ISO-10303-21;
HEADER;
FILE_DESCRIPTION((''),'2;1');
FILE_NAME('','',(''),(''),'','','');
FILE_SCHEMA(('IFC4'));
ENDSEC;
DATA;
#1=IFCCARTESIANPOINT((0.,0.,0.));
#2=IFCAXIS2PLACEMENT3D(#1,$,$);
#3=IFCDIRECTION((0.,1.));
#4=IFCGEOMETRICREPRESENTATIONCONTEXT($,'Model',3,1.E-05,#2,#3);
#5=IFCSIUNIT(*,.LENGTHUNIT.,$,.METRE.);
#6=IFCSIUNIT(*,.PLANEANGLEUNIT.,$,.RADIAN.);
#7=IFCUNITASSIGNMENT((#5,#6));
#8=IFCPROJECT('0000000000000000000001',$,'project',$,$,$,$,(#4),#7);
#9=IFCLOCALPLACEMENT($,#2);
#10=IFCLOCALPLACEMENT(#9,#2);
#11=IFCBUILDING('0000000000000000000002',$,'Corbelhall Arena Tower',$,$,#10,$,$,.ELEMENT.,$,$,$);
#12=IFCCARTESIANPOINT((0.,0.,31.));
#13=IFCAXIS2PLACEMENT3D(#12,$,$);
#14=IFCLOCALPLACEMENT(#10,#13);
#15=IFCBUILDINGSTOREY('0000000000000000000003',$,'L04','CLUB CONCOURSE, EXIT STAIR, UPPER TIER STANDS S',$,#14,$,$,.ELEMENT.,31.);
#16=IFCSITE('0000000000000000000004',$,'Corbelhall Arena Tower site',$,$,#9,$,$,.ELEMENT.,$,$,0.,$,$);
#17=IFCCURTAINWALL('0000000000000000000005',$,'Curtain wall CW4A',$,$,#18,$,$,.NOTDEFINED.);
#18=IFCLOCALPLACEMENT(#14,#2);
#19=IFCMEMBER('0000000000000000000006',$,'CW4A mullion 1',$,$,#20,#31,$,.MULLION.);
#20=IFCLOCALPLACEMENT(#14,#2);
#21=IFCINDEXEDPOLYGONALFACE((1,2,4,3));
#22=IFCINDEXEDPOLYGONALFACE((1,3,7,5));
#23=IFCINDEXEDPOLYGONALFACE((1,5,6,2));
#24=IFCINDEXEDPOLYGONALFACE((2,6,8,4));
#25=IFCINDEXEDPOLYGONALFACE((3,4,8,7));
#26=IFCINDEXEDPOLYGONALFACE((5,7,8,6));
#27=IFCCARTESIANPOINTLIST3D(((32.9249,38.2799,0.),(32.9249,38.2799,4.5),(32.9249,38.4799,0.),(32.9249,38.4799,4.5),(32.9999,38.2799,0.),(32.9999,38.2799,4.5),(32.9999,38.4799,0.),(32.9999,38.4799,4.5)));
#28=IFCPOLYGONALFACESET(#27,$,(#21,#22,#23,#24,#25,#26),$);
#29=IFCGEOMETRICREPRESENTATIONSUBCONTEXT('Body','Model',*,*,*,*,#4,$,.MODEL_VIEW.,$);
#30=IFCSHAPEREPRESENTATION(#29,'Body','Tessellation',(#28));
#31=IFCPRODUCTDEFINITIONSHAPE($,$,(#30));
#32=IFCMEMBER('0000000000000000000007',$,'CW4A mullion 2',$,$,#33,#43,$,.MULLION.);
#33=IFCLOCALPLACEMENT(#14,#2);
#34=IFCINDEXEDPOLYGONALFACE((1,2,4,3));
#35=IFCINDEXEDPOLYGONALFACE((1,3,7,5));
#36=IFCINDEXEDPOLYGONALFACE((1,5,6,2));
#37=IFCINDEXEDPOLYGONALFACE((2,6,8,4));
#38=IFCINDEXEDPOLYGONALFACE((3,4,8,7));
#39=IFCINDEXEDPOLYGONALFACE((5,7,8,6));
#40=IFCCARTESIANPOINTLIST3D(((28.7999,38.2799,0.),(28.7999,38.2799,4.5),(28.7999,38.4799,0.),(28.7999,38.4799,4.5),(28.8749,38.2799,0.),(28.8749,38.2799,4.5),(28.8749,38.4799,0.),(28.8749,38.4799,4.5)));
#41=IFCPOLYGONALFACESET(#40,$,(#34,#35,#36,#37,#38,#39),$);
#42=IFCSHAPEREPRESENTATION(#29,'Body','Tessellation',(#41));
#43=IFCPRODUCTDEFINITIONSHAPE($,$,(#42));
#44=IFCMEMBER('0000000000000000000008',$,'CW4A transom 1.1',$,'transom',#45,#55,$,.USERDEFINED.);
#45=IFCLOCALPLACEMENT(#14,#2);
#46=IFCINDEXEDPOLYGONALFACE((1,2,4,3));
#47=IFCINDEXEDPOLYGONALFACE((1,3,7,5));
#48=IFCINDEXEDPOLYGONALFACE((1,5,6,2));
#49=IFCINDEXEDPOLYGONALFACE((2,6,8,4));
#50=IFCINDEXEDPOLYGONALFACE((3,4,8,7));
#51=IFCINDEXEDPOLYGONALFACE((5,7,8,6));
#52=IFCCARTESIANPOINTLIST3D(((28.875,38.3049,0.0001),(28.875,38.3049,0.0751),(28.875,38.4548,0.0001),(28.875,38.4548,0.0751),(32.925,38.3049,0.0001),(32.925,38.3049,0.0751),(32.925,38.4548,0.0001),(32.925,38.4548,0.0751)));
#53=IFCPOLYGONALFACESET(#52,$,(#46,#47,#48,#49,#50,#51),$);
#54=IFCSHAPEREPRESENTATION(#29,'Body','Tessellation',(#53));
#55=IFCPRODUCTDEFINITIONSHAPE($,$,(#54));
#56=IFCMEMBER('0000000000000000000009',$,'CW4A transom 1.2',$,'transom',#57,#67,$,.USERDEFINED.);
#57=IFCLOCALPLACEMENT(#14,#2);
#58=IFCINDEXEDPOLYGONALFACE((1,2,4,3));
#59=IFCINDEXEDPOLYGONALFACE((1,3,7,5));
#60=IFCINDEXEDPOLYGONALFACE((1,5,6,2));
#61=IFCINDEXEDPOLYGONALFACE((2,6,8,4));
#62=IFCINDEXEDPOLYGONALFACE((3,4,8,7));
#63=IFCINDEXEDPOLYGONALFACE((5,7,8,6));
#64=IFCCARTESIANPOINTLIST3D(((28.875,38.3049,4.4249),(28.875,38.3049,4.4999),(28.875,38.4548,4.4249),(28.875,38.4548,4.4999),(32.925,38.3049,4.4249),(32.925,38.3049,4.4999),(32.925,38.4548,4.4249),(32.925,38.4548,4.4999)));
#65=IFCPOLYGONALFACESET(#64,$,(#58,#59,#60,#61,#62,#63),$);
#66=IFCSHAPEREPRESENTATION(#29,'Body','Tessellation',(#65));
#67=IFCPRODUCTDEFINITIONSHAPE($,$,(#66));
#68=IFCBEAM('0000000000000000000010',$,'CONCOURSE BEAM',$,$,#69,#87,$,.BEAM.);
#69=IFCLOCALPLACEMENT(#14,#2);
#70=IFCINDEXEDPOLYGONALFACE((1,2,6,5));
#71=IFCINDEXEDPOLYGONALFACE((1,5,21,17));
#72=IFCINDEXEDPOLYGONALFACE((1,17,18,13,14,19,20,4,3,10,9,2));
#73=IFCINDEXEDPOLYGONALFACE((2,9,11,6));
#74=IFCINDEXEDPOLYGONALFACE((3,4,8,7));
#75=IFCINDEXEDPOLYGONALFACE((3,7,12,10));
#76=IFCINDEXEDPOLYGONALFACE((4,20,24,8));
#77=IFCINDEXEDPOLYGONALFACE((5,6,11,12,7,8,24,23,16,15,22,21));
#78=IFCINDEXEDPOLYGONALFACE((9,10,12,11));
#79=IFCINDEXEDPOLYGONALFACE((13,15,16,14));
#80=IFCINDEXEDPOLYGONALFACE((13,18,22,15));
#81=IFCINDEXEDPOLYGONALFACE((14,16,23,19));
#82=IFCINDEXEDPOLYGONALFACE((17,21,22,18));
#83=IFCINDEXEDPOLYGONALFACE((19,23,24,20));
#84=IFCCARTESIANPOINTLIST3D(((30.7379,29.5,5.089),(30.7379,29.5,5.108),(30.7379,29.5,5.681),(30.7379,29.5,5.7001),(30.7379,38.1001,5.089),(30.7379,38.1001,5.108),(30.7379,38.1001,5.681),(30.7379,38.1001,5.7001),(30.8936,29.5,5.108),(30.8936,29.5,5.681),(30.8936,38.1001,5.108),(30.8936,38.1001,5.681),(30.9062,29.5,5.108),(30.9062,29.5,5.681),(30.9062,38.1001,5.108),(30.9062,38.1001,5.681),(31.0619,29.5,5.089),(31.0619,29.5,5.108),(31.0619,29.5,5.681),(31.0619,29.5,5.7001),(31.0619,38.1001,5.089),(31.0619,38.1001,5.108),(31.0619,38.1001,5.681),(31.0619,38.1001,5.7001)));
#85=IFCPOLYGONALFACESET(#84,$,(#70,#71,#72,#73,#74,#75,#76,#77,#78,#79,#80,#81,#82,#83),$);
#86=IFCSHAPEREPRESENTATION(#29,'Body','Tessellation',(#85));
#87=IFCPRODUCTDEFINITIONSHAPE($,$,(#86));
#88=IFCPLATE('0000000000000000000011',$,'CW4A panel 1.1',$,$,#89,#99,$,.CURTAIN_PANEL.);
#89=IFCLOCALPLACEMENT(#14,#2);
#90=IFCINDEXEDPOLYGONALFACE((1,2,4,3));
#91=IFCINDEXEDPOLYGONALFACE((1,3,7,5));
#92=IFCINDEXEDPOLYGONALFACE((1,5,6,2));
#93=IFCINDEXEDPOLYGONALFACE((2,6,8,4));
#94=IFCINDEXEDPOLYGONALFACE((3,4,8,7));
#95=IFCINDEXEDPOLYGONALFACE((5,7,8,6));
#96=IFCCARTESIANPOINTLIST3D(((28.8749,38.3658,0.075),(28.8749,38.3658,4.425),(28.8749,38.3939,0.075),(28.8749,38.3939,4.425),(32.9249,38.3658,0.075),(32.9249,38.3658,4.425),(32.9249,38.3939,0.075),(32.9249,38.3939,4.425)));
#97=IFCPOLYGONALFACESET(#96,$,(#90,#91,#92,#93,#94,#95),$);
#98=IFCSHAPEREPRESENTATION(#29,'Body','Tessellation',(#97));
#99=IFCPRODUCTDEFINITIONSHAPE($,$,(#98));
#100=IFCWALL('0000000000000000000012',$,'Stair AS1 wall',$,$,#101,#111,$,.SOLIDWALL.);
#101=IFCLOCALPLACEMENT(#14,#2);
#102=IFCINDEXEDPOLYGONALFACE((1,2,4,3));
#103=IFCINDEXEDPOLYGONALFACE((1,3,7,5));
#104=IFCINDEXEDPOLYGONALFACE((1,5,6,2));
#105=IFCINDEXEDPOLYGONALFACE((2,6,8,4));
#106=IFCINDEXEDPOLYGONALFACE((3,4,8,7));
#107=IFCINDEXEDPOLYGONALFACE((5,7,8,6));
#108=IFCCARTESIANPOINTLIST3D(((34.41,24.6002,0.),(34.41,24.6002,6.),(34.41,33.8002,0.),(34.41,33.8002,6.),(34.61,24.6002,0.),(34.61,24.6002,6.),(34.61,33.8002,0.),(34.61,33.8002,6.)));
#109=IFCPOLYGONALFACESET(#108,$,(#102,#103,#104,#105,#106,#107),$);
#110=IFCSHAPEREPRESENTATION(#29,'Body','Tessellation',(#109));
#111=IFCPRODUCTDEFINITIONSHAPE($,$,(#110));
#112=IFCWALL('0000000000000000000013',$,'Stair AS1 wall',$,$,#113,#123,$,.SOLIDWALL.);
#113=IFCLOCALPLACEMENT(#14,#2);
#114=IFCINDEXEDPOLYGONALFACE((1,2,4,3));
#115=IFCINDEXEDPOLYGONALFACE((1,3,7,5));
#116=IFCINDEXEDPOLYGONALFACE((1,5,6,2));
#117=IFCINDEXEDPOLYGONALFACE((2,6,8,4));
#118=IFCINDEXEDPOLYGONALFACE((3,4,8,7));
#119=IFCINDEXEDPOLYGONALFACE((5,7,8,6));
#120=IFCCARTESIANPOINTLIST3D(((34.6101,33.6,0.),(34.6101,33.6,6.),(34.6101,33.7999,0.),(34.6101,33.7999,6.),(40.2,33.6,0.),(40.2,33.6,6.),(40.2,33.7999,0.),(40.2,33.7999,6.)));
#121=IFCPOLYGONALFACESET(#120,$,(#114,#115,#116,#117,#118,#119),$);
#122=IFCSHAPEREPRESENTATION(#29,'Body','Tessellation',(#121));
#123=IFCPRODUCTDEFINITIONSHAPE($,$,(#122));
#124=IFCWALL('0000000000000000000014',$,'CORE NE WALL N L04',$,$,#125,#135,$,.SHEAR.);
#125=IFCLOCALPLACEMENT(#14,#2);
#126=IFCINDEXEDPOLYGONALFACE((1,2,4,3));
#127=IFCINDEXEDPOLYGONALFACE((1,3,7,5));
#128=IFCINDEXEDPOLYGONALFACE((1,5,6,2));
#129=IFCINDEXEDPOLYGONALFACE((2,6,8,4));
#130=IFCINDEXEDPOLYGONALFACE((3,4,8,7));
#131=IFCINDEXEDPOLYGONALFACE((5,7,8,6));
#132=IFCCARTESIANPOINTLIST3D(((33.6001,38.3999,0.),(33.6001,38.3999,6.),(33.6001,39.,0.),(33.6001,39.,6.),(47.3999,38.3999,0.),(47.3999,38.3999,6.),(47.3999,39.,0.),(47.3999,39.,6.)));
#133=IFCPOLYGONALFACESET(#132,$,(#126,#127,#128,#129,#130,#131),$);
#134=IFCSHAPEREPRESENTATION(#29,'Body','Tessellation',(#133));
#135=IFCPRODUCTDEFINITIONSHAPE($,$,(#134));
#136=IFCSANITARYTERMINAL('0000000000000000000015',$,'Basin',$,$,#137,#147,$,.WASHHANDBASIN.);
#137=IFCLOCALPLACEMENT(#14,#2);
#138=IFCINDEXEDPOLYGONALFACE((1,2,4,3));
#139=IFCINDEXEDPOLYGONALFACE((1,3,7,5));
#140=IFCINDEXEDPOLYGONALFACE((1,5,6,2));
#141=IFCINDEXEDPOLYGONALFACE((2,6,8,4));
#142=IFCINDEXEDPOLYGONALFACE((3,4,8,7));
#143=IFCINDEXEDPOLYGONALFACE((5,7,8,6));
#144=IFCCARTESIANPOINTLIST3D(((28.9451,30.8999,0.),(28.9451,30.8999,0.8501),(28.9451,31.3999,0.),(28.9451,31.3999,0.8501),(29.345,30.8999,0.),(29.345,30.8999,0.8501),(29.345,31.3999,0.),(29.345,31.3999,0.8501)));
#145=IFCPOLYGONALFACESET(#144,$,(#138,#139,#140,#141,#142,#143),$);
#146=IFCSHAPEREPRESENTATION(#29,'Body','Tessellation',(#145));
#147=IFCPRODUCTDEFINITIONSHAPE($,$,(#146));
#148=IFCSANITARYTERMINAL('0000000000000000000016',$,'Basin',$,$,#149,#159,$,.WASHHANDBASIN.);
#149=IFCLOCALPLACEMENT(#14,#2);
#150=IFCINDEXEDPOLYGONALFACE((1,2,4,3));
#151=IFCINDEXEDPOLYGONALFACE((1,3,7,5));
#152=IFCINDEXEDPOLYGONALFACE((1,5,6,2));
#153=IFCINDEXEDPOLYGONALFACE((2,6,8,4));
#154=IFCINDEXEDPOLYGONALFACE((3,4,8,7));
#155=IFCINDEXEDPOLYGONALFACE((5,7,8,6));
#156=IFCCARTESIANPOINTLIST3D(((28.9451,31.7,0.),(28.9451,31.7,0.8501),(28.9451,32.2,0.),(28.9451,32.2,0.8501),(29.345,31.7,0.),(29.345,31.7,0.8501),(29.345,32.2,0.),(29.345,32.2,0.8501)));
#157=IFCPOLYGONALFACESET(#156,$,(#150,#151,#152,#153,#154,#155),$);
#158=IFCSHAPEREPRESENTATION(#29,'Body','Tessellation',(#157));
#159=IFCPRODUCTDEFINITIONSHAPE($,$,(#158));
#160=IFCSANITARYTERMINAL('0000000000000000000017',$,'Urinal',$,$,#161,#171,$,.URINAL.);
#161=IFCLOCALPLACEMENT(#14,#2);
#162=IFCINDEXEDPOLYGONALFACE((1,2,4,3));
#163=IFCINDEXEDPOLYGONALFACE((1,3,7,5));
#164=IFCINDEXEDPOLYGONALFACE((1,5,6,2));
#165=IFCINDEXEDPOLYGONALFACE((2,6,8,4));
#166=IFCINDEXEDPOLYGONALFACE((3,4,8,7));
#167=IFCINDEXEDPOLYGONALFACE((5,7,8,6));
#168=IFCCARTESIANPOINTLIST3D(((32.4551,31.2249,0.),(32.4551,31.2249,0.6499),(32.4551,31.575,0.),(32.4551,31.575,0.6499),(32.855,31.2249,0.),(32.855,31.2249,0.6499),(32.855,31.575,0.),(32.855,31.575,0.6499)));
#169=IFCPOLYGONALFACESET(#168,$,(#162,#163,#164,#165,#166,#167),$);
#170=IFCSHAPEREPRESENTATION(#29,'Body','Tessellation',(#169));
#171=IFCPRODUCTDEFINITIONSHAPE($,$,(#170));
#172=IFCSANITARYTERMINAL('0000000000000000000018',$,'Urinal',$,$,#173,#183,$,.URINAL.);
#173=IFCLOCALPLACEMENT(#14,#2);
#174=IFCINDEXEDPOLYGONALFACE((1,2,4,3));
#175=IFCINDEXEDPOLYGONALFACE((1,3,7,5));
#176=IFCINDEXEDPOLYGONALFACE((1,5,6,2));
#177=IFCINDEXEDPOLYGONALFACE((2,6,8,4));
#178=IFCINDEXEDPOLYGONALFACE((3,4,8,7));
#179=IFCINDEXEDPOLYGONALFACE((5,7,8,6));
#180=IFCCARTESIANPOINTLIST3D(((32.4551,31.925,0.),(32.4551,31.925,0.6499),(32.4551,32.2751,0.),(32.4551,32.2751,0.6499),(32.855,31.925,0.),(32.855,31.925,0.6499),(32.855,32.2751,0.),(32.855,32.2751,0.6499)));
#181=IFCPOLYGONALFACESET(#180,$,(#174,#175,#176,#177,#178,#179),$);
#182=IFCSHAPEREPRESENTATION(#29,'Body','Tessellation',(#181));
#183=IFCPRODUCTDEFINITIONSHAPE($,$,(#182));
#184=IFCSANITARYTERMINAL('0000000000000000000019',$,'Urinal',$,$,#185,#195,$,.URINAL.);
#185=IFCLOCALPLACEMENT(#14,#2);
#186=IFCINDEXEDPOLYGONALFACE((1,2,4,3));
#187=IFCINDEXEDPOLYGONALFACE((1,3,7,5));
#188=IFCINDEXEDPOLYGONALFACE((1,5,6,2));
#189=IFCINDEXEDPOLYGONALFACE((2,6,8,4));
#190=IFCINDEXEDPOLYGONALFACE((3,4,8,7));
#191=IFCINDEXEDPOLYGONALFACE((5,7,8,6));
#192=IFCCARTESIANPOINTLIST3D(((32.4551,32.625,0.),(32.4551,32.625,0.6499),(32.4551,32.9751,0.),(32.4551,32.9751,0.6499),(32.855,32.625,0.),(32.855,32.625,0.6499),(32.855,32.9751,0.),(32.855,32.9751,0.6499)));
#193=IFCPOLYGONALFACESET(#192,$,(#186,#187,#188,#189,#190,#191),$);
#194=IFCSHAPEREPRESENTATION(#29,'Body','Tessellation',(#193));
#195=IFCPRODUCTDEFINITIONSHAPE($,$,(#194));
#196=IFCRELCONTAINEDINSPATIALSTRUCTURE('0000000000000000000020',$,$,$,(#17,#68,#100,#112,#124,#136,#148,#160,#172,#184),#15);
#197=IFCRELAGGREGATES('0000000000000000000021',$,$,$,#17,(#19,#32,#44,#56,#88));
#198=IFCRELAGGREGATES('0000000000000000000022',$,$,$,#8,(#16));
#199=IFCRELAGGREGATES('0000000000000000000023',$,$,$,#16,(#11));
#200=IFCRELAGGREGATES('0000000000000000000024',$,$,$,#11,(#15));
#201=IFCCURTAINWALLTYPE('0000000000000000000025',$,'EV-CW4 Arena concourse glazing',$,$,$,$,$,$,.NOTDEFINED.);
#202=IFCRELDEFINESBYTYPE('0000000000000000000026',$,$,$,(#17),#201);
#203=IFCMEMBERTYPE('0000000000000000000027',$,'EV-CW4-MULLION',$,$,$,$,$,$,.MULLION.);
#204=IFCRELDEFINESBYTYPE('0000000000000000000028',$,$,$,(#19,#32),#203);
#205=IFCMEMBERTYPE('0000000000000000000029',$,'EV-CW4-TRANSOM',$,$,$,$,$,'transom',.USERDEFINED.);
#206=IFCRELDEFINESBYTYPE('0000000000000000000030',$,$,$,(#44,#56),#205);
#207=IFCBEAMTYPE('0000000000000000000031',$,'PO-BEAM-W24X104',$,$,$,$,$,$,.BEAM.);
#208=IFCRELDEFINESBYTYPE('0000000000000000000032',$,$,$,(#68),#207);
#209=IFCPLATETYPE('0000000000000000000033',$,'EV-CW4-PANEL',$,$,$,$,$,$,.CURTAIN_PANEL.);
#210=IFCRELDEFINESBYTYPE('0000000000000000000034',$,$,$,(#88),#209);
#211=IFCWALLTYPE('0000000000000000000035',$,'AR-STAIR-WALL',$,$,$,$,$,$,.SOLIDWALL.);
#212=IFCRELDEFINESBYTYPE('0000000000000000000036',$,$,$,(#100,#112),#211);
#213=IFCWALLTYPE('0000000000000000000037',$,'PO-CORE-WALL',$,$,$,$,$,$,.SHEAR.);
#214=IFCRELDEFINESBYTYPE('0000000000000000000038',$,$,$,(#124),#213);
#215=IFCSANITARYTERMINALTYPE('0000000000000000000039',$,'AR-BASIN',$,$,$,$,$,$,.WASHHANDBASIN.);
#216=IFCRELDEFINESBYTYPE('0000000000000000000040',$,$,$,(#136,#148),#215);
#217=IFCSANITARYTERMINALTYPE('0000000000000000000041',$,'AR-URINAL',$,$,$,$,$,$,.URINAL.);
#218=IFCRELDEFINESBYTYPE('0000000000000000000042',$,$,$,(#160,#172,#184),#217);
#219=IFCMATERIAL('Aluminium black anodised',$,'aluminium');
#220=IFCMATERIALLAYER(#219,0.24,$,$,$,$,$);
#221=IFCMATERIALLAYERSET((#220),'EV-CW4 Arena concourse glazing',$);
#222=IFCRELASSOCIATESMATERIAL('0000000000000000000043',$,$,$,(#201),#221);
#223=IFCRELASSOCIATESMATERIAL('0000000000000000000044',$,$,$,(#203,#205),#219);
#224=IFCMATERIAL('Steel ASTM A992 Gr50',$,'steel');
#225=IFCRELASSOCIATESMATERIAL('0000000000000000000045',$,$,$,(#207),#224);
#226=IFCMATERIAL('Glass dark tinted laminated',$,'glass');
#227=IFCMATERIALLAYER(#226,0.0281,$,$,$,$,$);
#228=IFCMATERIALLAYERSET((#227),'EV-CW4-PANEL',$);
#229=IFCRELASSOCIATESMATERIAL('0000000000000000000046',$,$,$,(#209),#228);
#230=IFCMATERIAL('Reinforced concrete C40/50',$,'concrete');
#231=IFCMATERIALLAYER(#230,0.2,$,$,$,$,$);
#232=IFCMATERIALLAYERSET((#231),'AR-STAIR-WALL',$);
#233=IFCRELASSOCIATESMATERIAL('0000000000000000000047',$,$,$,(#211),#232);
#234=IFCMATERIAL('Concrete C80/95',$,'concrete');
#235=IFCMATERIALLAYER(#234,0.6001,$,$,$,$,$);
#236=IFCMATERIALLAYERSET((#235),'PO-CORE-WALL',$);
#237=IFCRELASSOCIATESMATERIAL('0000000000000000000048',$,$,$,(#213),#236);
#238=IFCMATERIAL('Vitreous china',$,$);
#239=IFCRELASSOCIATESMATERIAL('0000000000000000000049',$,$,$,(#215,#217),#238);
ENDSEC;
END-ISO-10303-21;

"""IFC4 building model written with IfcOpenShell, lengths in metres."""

from ifc_helpers import new_model, si_unit, direction, frame, frame_2d, origin, origin_2d, place, context, subcontext, project, spatial, rectangle, i_section, extrude, material, layer, layer_set, material_profile, profile_set, type_object, element, aggregate, save


model = new_model("IFC4")

# Units and contexts
model_context = context("Model", 3, precision=1e-05, world=origin(), true_north=direction((0.0, 1.0)))
body_context = subcontext(model_context, "Body", "Model", "MODEL_VIEW")
ifc_project = project(units=[si_unit("LENGTHUNIT", "METRE"), si_unit("PLANEANGLEUNIT", "RADIAN")], contexts=[model_context])

# Site, building, storey
site_placement = place(None, origin())
site = spatial("IfcSite", under=ifc_project, at=site_placement, Name="Corbelhall Arena Tower site", CompositionType="ELEMENT", RefElevation=0.0)
building_placement = place(site_placement, origin())
building = spatial("IfcBuilding", under=site, at=building_placement, Name="Corbelhall Arena Tower", CompositionType="ELEMENT")
storey_placement = place(building_placement, frame((0.0, 0.0, 31.0)))
storey = spatial("IfcBuildingStorey", under=building, at=storey_placement, Name="L04", Description="CLUB CONCOURSE, EXIT STAIR, UPPER TIER STANDS S", CompositionType="ELEMENT", Elevation=31.0)

# Curtain wall, members
ifc_material_1 = material(Name="Aluminium black anodised", Category="aluminium")
ifc_layer_1 = layer(ifc_material_1, 0.24)
ifc_layer_set_1 = layer_set([ifc_layer_1], Name="EV-CW4 Arena concourse glazing")
curtain_wall_type = type_object("IfcCurtainWallType", Name="EV-CW4 Arena concourse glazing", PredefinedType="NOTDEFINED", material=ifc_layer_set_1)
curtain_wall_placement = place(storey_placement, origin())
curtain_wall = element("IfcCurtainWall", 1, at=curtain_wall_placement, inside=storey, type_object=curtain_wall_type, Name="Curtain wall CW4A", PredefinedType="NOTDEFINED")
ifc_material_profile_1 = material_profile(ifc_material_1, rectangle(XDim=0.2, YDim=0.075, at=origin_2d()))
ifc_profile_set_1 = profile_set([ifc_material_profile_1], Name="Aluminium black anodised")
member_type_1 = type_object("IfcMemberType", Name="EV-CW4-MULLION", PredefinedType="MULLION", material=ifc_profile_set_1)
member_1_placement = place(storey_placement, frame((32.9624, 38.3799, 0.0), z_axis=(0.0, 0.0, 1.0), x_axis=(0.0, -1.0, 0.0)))
member_1 = element("IfcMember", 2, at=member_1_placement, type_object=member_type_1, Name="CW4A mullion 1", PredefinedType="MULLION", context=body_context, shape_type="SweptSolid", body=[
    extrude(rectangle(XDim=0.2, YDim=0.075, at=origin_2d()), origin(), (0.0, 0.0, 1.0), 4.5),
])
member_2_placement = place(storey_placement, frame((28.8374, 38.3799, 0.0), z_axis=(0.0, 0.0, 1.0), x_axis=(0.0, -1.0, 0.0)))
member_2 = element("IfcMember", 3, at=member_2_placement, type_object=member_type_1, Name="CW4A mullion 2", PredefinedType="MULLION", context=body_context, shape_type="SweptSolid", body=[
    extrude(rectangle(XDim=0.2, YDim=0.075, at=origin_2d()), origin(), (0.0, 0.0, 1.0), 4.5),
])
ifc_material_profile_2 = material_profile(ifc_material_1, rectangle(XDim=0.1499, YDim=0.075, at=origin_2d()))
ifc_profile_set_2 = profile_set([ifc_material_profile_2], Name="Aluminium black anodised")
member_type_2 = type_object("IfcMemberType", Name="EV-CW4-TRANSOM", ElementType="transom", PredefinedType="USERDEFINED", material=ifc_profile_set_2)
member_3_placement = place(storey_placement, frame((32.925, 38.3799, 0.0376), z_axis=(-1.0, 0.0, 0.0), x_axis=(0.0, -1.0, 0.0)))
member_3 = element("IfcMember", 4, at=member_3_placement, type_object=member_type_2, Name="CW4A transom 1.1", ObjectType="transom", PredefinedType="USERDEFINED", context=body_context, shape_type="SweptSolid", body=[
    extrude(rectangle(XDim=0.1499, YDim=0.075, at=origin_2d()), origin(), (0.0, 0.0, 1.0), 4.05),
])
member_4_placement = place(storey_placement, frame((32.925, 38.3799, 4.4624), z_axis=(-1.0, 0.0, 0.0), x_axis=(0.0, -1.0, 0.0)))
member_4 = element("IfcMember", 5, at=member_4_placement, type_object=member_type_2, Name="CW4A transom 1.2", ObjectType="transom", PredefinedType="USERDEFINED", context=body_context, shape_type="SweptSolid", body=[
    extrude(rectangle(XDim=0.1499, YDim=0.075, at=origin_2d()), origin(), (0.0, 0.0, 1.0), 4.05),
])

# Beam
ifc_material_2 = material(Name="Steel ASTM A992 Gr50", Category="steel")
ifc_material_profile_3 = material_profile(ifc_material_2, i_section(OverallWidth=0.324, OverallDepth=0.6111, WebThickness=0.0127, FlangeThickness=0.019, at=origin_2d()))
ifc_profile_set_3 = profile_set([ifc_material_profile_3], Name="Steel ASTM A992 Gr50")
beam_type = type_object("IfcBeamType", Name="PO-BEAM-W24X104", PredefinedType="BEAM", material=ifc_profile_set_3)
beam_placement = place(storey_placement, frame((30.8999, 29.5, 5.3945), z_axis=(0.0, 1.0, 0.0), x_axis=(-1.0, 0.0, 0.0)))
element("IfcBeam", 6, at=beam_placement, inside=storey, type_object=beam_type, Name="CONCOURSE BEAM", PredefinedType="BEAM", context=body_context, shape_type="SweptSolid", body=[
    extrude(i_section(OverallWidth=0.324, OverallDepth=0.6111, WebThickness=0.0127, FlangeThickness=0.019, at=origin_2d()), origin(), (0.0, 0.0, 1.0), 8.6001),
])

# Plate
ifc_material_3 = material(Name="Glass dark tinted laminated", Category="glass")
ifc_layer_2 = layer(ifc_material_3, 0.0281)
ifc_layer_set_2 = layer_set([ifc_layer_2], Name="EV-CW4-PANEL")
plate_type = type_object("IfcPlateType", Name="EV-CW4-PANEL", PredefinedType="CURTAIN_PANEL", material=ifc_layer_set_2)
plate_placement = place(storey_placement, frame((30.8999, 38.3799, 0.075), z_axis=(0.0, 0.0, 1.0), x_axis=(-1.0, 0.0, 0.0)))
plate = element("IfcPlate", 7, at=plate_placement, type_object=plate_type, Name="CW4A panel 1.1", PredefinedType="CURTAIN_PANEL", context=body_context, shape_type="SweptSolid", body=[
    extrude(rectangle(XDim=4.05, YDim=0.0281, at=origin_2d()), origin(), (0.0, 0.0, 1.0), 4.3501),
])
aggregate(curtain_wall, [member_1, member_2, member_3, member_4, plate])

# Shared definitions
ifc_material_4 = material(Name="Reinforced concrete C40/50", Category="concrete")

# Walls
ifc_layer_3 = layer(ifc_material_4, 0.2)
ifc_layer_set_3 = layer_set([ifc_layer_3], Name="AR-STAIR-WALL")
wall_type_1 = type_object("IfcWallType", Name="AR-STAIR-WALL", PredefinedType="SOLIDWALL", material=ifc_layer_set_3)
wall_1_placement = place(storey_placement, frame((34.51, 24.6001, 0.0), z_axis=(0.0, 0.0, 1.0), x_axis=(0.0, 1.0, 0.0)))
element("IfcWall", 8, at=wall_1_placement, inside=storey, type_object=wall_type_1, Name="Stair AS1 wall", PredefinedType="SOLIDWALL", context=body_context, shape_type="SweptSolid", body=[
    extrude(rectangle(XDim=9.2, YDim=0.2, at=frame_2d((4.6001, 0.0))), origin(), (0.0, 0.0, 1.0), 6.0),
])
wall_2_placement = place(storey_placement, frame((34.6101, 33.7, 0.0), z_axis=(0.0, 0.0, 1.0), x_axis=(1.0, 0.0, 0.0)))
element("IfcWall", 9, at=wall_2_placement, inside=storey, type_object=wall_type_1, Name="Stair AS1 wall", PredefinedType="SOLIDWALL", context=body_context, shape_type="SweptSolid", body=[
    extrude(rectangle(XDim=5.5898, YDim=0.2, at=frame_2d((2.7949, 0.0))), origin(), (0.0, 0.0, 1.0), 6.0),
])
ifc_material_5 = material(Name="Concrete C80/95", Category="concrete")
ifc_layer_4 = layer(ifc_material_5, 0.6001)
ifc_layer_set_4 = layer_set([ifc_layer_4], Name="PO-CORE-WALL")
wall_type_2 = type_object("IfcWallType", Name="PO-CORE-WALL", PredefinedType="SHEAR", material=ifc_layer_set_4)
wall_3_placement = place(storey_placement, frame((33.6001, 38.7, 0.0), z_axis=(0.0, 0.0, 1.0), x_axis=(1.0, 0.0, 0.0)))
element("IfcWall", 10, at=wall_3_placement, inside=storey, type_object=wall_type_2, Name="CORE NE WALL N L04", PredefinedType="SHEAR", context=body_context, shape_type="SweptSolid", body=[
    extrude(rectangle(XDim=13.7998, YDim=0.6001, at=frame_2d((6.8999, 0.0))), origin(), (0.0, 0.0, 1.0), 6.0),
])

# Sanitary terminals
ifc_material_6 = material(Name="Vitreous china")
sanitary_terminal_type_1 = type_object("IfcSanitaryTerminalType", Name="AR-BASIN", PredefinedType="WASHHANDBASIN", material=ifc_material_6)
for number, where, z_axis, x_axis, name in (
    (11, (29.145, 31.1499, 0.0), (0.0, 0.0, 1.0), (1.0, 0.0, 0.0), "Basin"),
    (12, (29.145, 31.95, 0.0), (0.0, 0.0, 1.0), (1.0, 0.0, 0.0), "Basin"),
):
    element("IfcSanitaryTerminal", number, at=place(storey_placement, frame(where, z_axis=z_axis, x_axis=x_axis)), inside=storey, type_object=sanitary_terminal_type_1, Name=name, PredefinedType="WASHHANDBASIN", context=body_context, shape_type="SweptSolid", body=[
        extrude(rectangle(XDim=0.3999, YDim=0.5, at=origin_2d()), origin(), (0.0, 0.0, 1.0), 0.8501),
    ])
sanitary_terminal_type_2 = type_object("IfcSanitaryTerminalType", Name="AR-URINAL", PredefinedType="URINAL", material=ifc_material_6)
for number, where, z_axis, x_axis, name in (
    (13, (32.655, 31.3999, 0.0), (0.0, 0.0, 1.0), (1.0, 0.0, 0.0), "Urinal"),
    (14, (32.655, 32.1001, 0.0), (0.0, 0.0, 1.0), (1.0, 0.0, 0.0), "Urinal"),
    (15, (32.655, 32.8, 0.0), (0.0, 0.0, 1.0), (1.0, 0.0, 0.0), "Urinal"),
):
    element("IfcSanitaryTerminal", number, at=place(storey_placement, frame(where, z_axis=z_axis, x_axis=x_axis)), inside=storey, type_object=sanitary_terminal_type_2, Name=name, PredefinedType="URINAL", context=body_context, shape_type="SweptSolid", body=[
        extrude(rectangle(XDim=0.3999, YDim=0.3501, at=origin_2d()), origin(), (0.0, 0.0, 1.0), 0.6499),
    ])

save(model, "model.ifc")
